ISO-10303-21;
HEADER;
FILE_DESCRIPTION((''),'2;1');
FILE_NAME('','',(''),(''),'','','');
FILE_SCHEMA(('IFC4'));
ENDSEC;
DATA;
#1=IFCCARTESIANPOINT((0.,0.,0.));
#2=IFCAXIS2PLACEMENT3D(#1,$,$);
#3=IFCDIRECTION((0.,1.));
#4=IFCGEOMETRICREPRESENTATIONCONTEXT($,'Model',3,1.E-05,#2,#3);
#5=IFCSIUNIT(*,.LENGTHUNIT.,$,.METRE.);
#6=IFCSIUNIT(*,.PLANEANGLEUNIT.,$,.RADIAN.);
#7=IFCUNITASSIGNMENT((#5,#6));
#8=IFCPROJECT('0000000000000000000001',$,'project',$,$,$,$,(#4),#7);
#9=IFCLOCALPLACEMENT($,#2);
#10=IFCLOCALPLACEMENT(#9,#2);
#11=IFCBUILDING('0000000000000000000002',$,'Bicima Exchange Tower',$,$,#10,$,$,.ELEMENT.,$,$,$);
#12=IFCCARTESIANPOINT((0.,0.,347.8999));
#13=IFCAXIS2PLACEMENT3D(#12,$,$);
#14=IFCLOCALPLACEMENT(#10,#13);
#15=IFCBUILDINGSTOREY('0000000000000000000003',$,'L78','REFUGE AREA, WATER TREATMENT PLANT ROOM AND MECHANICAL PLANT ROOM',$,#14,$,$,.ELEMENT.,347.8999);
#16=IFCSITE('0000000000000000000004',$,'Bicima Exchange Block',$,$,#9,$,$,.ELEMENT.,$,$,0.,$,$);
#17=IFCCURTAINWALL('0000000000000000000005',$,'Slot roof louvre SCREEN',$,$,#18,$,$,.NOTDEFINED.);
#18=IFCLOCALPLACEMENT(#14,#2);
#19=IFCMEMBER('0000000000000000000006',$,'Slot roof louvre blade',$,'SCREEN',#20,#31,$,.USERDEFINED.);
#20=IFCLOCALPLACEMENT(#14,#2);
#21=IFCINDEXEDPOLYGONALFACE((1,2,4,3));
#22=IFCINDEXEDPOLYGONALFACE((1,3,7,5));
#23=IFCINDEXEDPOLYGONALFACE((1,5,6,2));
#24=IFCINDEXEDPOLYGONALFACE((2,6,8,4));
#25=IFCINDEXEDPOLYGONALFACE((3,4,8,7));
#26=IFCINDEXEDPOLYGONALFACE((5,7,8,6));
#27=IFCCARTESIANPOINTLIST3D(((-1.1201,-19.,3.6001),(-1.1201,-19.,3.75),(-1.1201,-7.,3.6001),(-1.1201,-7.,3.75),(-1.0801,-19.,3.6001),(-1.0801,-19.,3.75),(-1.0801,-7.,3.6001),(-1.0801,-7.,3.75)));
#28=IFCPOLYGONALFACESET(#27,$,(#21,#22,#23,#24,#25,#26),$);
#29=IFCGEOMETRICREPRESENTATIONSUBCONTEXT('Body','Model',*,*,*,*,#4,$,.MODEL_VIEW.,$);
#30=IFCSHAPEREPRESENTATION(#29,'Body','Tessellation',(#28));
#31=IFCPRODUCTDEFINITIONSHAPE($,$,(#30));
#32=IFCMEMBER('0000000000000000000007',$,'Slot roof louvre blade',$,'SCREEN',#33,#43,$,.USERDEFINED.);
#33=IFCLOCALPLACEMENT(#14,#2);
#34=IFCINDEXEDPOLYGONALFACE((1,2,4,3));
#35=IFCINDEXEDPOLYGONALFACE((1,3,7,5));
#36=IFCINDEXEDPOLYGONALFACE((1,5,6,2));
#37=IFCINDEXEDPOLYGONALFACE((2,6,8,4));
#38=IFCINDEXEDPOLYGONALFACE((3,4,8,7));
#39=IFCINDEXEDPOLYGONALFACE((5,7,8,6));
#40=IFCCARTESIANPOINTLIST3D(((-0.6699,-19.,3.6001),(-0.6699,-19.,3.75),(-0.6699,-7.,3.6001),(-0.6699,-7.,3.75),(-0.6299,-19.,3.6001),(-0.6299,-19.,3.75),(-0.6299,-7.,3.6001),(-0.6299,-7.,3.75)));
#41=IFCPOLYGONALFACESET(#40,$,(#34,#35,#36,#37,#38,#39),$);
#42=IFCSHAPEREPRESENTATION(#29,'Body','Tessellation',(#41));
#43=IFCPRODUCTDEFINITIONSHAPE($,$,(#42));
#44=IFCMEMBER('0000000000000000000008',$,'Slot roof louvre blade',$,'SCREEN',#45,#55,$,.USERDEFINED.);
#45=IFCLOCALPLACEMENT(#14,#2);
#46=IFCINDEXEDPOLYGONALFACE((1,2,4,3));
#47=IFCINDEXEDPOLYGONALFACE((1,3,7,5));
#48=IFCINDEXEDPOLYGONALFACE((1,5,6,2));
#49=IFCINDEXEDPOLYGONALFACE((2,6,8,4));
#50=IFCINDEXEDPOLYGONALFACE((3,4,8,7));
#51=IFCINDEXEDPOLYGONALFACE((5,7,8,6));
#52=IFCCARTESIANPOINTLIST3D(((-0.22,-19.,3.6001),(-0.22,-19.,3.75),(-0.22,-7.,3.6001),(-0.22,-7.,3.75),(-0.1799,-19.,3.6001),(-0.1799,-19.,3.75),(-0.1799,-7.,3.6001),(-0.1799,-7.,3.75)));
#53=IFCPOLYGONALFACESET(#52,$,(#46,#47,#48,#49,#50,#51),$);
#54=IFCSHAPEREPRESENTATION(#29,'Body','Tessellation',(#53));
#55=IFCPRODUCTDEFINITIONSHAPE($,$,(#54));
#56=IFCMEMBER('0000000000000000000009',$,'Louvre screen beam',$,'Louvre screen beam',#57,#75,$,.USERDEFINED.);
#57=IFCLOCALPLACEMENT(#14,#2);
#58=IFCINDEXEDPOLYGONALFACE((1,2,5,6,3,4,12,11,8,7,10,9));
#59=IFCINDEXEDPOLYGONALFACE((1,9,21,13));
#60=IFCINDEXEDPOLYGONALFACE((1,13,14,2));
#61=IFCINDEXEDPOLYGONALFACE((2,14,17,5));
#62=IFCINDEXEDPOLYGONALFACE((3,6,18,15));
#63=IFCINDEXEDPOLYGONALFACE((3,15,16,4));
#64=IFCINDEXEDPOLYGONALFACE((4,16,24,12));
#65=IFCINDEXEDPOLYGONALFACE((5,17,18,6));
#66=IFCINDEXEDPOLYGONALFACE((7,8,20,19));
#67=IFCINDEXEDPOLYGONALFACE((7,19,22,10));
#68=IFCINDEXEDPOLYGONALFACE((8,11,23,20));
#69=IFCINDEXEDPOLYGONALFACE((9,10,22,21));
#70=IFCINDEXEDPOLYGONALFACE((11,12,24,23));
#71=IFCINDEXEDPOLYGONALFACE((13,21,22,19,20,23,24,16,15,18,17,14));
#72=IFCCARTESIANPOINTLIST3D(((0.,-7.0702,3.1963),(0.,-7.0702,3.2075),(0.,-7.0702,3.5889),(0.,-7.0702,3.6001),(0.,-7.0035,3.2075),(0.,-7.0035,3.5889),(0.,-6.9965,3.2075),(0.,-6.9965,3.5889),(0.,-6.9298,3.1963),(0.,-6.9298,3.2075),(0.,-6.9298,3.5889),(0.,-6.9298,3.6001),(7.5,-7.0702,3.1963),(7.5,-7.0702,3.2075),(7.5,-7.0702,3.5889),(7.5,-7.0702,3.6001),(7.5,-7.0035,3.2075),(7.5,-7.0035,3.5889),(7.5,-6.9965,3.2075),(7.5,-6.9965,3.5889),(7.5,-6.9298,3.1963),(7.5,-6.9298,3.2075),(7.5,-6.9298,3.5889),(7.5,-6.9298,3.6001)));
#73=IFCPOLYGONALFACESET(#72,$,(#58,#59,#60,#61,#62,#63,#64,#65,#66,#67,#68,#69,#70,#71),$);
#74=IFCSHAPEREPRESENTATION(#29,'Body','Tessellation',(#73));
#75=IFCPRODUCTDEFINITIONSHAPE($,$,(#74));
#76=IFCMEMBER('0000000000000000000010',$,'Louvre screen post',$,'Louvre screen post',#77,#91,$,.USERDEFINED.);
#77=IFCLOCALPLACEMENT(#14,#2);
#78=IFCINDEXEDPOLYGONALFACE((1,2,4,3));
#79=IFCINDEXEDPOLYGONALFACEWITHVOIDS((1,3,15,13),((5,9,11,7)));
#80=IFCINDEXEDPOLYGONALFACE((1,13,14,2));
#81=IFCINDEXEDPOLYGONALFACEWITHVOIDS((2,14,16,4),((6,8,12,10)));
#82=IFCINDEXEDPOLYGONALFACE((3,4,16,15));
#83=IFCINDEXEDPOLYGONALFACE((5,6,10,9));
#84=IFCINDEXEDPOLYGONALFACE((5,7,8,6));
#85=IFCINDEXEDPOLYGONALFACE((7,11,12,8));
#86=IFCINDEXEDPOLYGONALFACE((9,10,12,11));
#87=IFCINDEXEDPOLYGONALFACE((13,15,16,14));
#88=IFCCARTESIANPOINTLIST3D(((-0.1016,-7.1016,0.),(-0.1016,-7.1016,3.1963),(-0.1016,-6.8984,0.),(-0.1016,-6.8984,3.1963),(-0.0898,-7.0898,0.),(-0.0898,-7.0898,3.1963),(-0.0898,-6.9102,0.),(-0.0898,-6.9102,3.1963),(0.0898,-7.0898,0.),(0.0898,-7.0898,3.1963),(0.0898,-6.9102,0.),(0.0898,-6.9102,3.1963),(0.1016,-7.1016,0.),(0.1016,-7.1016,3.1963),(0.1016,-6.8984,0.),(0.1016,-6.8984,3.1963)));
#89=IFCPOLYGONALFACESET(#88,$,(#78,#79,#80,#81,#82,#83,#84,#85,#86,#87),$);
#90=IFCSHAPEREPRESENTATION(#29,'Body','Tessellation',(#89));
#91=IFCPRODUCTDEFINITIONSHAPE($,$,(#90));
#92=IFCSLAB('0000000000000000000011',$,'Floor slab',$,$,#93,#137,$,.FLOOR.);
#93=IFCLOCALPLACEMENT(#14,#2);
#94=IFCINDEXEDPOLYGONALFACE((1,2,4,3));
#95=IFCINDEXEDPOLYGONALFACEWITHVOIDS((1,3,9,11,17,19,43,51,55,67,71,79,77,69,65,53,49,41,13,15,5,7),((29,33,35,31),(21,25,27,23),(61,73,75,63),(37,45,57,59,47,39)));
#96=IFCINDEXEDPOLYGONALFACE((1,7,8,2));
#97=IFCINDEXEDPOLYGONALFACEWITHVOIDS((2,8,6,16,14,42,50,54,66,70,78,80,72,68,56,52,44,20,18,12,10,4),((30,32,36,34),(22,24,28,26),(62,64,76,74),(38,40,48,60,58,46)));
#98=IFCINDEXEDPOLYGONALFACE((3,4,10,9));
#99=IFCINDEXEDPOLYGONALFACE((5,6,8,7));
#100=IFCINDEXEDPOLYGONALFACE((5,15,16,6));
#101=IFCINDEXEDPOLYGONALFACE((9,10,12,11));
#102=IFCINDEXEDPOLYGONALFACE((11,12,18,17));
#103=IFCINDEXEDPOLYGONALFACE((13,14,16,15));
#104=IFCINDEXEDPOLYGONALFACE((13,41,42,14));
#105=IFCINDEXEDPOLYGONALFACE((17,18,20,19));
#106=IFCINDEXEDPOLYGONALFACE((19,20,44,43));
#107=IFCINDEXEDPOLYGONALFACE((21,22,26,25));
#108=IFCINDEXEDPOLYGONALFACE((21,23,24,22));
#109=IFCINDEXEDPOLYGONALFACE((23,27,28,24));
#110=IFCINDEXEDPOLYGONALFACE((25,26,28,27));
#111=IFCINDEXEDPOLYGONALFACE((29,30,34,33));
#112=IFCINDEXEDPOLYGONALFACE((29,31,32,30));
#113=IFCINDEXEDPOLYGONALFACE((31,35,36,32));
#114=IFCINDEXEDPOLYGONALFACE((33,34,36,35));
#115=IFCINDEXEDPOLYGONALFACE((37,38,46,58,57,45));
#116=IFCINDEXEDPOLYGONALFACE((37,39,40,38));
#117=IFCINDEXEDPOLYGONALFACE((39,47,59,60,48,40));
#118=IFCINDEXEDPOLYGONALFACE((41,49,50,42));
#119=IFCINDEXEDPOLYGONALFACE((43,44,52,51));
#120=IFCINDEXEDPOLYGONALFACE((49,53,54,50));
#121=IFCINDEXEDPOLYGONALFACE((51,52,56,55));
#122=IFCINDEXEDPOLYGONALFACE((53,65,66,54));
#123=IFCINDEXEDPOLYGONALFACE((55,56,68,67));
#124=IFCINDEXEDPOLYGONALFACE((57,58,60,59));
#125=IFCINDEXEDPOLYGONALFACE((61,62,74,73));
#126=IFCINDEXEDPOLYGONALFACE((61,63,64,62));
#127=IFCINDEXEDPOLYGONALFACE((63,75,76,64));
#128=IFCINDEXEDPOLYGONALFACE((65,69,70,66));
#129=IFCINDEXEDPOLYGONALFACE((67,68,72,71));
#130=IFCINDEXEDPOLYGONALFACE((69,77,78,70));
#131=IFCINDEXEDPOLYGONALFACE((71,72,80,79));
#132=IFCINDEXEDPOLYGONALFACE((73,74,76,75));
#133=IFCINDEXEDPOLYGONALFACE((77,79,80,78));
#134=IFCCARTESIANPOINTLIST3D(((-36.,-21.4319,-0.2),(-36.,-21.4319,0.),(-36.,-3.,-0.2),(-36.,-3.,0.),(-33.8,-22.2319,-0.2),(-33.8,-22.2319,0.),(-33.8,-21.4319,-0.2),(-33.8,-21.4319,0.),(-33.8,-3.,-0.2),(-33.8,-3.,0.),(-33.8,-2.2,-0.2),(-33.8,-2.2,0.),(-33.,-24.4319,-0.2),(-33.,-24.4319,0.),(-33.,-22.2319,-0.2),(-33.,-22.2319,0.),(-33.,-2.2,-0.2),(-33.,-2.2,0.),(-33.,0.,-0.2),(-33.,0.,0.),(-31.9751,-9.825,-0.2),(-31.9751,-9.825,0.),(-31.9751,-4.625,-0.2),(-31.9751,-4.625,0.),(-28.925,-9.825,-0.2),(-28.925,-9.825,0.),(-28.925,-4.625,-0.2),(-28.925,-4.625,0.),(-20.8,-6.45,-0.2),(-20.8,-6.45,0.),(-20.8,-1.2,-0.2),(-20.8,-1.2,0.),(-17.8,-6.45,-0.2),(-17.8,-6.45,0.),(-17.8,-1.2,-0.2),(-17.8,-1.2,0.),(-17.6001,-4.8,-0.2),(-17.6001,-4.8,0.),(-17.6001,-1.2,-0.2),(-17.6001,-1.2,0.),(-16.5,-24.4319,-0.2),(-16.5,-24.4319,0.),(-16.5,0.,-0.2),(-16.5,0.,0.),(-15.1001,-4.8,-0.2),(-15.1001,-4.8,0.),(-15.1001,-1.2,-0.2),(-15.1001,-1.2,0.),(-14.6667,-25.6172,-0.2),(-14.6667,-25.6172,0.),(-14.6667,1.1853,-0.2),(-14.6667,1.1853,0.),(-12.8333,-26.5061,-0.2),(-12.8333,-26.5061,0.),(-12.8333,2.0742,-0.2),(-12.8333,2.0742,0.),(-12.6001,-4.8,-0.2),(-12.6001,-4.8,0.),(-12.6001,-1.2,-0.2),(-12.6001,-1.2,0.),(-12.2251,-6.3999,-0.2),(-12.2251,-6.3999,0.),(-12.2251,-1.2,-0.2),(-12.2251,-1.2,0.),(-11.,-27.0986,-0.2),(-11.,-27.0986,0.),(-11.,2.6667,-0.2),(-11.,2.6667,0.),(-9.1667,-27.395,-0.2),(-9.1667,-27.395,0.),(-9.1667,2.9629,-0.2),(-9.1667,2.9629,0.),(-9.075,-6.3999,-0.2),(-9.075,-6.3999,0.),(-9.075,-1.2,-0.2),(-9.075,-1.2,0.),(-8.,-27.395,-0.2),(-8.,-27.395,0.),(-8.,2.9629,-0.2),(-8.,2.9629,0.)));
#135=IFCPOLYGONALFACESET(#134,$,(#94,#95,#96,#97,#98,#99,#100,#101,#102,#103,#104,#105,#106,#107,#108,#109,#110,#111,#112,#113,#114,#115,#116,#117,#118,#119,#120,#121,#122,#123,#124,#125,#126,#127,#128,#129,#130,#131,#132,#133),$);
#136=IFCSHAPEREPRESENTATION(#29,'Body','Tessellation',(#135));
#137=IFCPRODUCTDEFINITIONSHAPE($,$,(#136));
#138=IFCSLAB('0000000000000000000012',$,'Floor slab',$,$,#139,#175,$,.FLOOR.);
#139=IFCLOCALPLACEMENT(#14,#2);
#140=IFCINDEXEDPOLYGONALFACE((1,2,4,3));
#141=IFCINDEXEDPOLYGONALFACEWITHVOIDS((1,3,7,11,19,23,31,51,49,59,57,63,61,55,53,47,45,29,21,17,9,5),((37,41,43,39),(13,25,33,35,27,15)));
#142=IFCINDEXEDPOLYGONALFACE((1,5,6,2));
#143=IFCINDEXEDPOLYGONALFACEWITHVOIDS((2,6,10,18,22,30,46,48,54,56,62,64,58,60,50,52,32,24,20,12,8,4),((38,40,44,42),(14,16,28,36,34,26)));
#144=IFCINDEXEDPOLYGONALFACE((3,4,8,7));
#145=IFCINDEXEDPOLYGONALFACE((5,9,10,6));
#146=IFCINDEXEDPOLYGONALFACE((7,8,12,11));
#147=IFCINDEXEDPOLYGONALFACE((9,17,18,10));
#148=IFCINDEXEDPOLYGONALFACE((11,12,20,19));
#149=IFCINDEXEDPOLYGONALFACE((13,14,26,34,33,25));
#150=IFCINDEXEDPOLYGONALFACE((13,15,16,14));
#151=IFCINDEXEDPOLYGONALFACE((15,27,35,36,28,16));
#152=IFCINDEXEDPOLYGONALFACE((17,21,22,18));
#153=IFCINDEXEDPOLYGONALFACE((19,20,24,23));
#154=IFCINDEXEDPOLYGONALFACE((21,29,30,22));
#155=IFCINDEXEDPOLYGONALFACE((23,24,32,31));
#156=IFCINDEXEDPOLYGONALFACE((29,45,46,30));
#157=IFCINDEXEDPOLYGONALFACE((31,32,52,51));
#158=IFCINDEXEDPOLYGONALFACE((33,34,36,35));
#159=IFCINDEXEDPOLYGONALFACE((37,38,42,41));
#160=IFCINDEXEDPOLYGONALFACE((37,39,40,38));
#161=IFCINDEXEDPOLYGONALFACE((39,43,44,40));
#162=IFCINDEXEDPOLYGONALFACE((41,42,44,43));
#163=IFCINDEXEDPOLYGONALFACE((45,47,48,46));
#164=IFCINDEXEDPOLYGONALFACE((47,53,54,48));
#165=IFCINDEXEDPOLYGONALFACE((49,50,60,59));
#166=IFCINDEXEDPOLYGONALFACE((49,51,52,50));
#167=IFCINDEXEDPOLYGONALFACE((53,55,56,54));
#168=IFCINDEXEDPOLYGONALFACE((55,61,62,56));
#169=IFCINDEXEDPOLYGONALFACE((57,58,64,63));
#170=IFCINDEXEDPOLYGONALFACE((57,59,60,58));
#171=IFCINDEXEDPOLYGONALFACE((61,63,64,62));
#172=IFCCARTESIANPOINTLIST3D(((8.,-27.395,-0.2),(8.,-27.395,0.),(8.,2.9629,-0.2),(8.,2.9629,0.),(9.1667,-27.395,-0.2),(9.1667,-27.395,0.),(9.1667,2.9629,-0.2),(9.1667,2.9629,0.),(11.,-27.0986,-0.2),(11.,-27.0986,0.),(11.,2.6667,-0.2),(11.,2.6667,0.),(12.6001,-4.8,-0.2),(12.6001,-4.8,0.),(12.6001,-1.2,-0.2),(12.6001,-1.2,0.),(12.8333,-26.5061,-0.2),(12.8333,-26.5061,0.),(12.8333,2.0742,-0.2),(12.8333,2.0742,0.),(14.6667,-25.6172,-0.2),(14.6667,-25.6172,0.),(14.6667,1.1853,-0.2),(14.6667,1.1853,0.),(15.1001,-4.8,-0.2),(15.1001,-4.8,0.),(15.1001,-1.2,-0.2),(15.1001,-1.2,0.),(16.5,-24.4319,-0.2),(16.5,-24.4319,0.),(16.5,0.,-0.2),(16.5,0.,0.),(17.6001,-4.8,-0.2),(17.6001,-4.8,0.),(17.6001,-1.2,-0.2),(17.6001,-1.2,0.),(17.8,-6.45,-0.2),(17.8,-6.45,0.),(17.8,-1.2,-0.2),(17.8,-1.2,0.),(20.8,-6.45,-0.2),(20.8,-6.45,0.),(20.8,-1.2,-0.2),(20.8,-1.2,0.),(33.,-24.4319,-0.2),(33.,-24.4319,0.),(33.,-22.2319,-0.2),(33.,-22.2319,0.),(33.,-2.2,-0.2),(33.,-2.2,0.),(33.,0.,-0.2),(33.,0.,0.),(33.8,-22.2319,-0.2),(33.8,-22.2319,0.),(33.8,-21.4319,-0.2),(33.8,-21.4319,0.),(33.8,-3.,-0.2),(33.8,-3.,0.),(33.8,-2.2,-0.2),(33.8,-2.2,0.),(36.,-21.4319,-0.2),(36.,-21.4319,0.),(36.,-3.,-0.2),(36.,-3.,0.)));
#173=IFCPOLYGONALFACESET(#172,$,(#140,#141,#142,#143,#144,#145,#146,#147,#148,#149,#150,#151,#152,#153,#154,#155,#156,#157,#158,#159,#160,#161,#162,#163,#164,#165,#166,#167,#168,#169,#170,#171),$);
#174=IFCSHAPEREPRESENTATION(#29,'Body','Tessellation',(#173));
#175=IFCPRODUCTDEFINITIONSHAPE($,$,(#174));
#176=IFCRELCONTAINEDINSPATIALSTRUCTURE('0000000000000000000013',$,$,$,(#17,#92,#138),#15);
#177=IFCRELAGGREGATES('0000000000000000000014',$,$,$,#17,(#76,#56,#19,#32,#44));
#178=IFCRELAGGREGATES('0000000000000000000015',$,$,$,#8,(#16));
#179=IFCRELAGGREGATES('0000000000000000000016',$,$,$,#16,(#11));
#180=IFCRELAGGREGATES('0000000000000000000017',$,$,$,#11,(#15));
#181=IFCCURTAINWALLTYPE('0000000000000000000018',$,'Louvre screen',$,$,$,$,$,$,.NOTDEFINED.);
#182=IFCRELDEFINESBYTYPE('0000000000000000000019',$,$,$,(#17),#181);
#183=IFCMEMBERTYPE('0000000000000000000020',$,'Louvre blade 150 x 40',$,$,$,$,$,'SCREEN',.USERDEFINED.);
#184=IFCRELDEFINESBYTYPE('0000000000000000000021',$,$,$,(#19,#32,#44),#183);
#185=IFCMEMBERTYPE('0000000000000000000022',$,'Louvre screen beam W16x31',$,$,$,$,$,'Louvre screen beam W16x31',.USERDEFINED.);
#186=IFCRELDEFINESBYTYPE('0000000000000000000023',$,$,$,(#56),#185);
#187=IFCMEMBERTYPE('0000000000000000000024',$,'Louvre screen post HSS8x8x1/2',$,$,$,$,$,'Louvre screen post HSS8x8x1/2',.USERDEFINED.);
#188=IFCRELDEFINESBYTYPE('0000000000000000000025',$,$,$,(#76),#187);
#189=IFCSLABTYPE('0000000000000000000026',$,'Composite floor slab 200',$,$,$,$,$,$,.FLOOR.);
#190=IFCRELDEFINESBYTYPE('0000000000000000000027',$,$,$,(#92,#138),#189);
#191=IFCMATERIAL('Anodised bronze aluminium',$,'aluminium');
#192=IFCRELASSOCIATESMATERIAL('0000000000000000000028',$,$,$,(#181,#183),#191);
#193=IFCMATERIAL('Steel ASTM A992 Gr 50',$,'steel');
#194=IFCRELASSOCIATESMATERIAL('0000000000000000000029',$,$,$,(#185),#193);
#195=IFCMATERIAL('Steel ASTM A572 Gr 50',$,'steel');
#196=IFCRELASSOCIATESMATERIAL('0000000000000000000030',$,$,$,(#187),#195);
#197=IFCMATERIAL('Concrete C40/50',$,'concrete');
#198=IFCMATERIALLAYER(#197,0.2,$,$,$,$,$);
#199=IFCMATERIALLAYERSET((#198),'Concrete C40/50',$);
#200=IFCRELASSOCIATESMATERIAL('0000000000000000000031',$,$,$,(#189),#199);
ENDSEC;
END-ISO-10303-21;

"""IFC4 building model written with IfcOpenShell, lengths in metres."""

from ifc_helpers import new_model, si_unit, direction, frame, origin, origin_2d, place, context, subcontext, project, spatial, polyline, rectangle, hollow_rectangle, i_section, outline, extrude, material, layer, layer_set, material_profile, profile_set, type_object, element, aggregate, save


model = new_model("IFC4")

# Units and contexts
model_context = context("Model", 3, precision=1e-05, world=origin(), true_north=direction((0.0, 1.0)))
body_context = subcontext(model_context, "Body", "Model", "MODEL_VIEW")
ifc_project = project(units=[si_unit("LENGTHUNIT", "METRE"), si_unit("PLANEANGLEUNIT", "RADIAN")], contexts=[model_context])

# Site, building, storey
site_placement = place(None, origin())
site = spatial("IfcSite", under=ifc_project, at=site_placement, Name="Bicima Exchange Block", CompositionType="ELEMENT", RefElevation=0.0)
building_placement = place(site_placement, origin())
building = spatial("IfcBuilding", under=site, at=building_placement, Name="Bicima Exchange Tower", CompositionType="ELEMENT")
storey_placement = place(building_placement, frame((0.0, 0.0, 347.8999)))
storey = spatial("IfcBuildingStorey", under=building, at=storey_placement, Name="L78", Description="REFUGE AREA, WATER TREATMENT PLANT ROOM AND MECHANICAL PLANT ROOM", CompositionType="ELEMENT", Elevation=347.8999)

# Curtain wall, members
ifc_material_1 = material(Name="Anodised bronze aluminium", Category="aluminium")
curtain_wall_type_1 = type_object("IfcCurtainWallType", Name="Louvre screen", PredefinedType="NOTDEFINED", material=ifc_material_1)
curtain_wall_1_placement = place(storey_placement, origin())
curtain_wall_1 = element("IfcCurtainWall", 1, at=curtain_wall_1_placement, inside=storey, type_object=curtain_wall_type_1, Name="Slot roof louvre SCREEN", PredefinedType="NOTDEFINED")
ifc_material_profile_1 = material_profile(ifc_material_1, rectangle(XDim=0.04, YDim=0.1499, at=origin_2d()))
ifc_profile_set_1 = profile_set([ifc_material_profile_1], Name="Anodised bronze aluminium")
member_type_1 = type_object("IfcMemberType", Name="Louvre blade 150 x 40", ElementType="SCREEN", PredefinedType="USERDEFINED", material=ifc_profile_set_1)
member_1_placement = place(storey_placement, frame((-1.1001, -7.0, 3.675), z_axis=(0.0, -1.0, 0.0), x_axis=(1.0, 0.0, 0.0)))
member_1 = element("IfcMember", 2, at=member_1_placement, type_object=member_type_1, Name="Slot roof louvre blade", ObjectType="SCREEN", PredefinedType="USERDEFINED", context=body_context, shape_type="SweptSolid", body=[
    extrude(rectangle(XDim=0.04, YDim=0.1499, at=origin_2d()), origin(), (0.0, 0.0, 1.0), 12.0),
])
member_2_placement = place(storey_placement, frame((-0.6499, -7.0, 3.675), z_axis=(0.0, -1.0, 0.0), x_axis=(1.0, 0.0, 0.0)))
member_2 = element("IfcMember", 3, at=member_2_placement, type_object=member_type_1, Name="Slot roof louvre blade", ObjectType="SCREEN", PredefinedType="USERDEFINED", context=body_context, shape_type="SweptSolid", body=[
    extrude(rectangle(XDim=0.04, YDim=0.1499, at=origin_2d()), origin(), (0.0, 0.0, 1.0), 12.0),
])
member_3_placement = place(storey_placement, frame((-0.2, -7.0, 3.675), z_axis=(0.0, -1.0, 0.0), x_axis=(1.0, 0.0, 0.0)))
member_3 = element("IfcMember", 4, at=member_3_placement, type_object=member_type_1, Name="Slot roof louvre blade", ObjectType="SCREEN", PredefinedType="USERDEFINED", context=body_context, shape_type="SweptSolid", body=[
    extrude(rectangle(XDim=0.04, YDim=0.1499, at=origin_2d()), origin(), (0.0, 0.0, 1.0), 12.0),
])
ifc_material_2 = material(Name="Steel ASTM A992 Gr 50", Category="steel")
ifc_material_profile_2 = material_profile(ifc_material_2, i_section(OverallWidth=0.1404, OverallDepth=0.4038, WebThickness=0.0071, FlangeThickness=0.0112, at=origin_2d()))
ifc_profile_set_2 = profile_set([ifc_material_profile_2], Name="Steel ASTM A992 Gr 50")
member_type_2 = type_object("IfcMemberType", Name="Louvre screen beam W16x31", ElementType="Louvre screen beam W16x31", PredefinedType="USERDEFINED", material=ifc_profile_set_2)
member_4_placement = place(storey_placement, frame((0.0, -7.0, 3.3982), z_axis=(1.0, 0.0, 0.0), x_axis=(0.0, 1.0, 0.0)))
member_4 = element("IfcMember", 5, at=member_4_placement, type_object=member_type_2, Name="Louvre screen beam", ObjectType="Louvre screen beam", PredefinedType="USERDEFINED", context=body_context, shape_type="SweptSolid", body=[
    extrude(i_section(OverallWidth=0.1404, OverallDepth=0.4038, WebThickness=0.0071, FlangeThickness=0.0112, at=origin_2d()), origin(), (0.0, 0.0, 1.0), 7.5),
])
ifc_material_3 = material(Name="Steel ASTM A572 Gr 50", Category="steel")
ifc_material_profile_3 = material_profile(ifc_material_3, hollow_rectangle(XDim=0.2031, YDim=0.2031, WallThickness=0.0117, at=origin_2d()))
ifc_profile_set_3 = profile_set([ifc_material_profile_3], Name="Steel ASTM A572 Gr 50")
member_type_3 = type_object("IfcMemberType", Name="Louvre screen post HSS8x8x1/2", ElementType="Louvre screen post HSS8x8x1/2", PredefinedType="USERDEFINED", material=ifc_profile_set_3)
member_5_placement = place(storey_placement, frame((0.0, -7.0, 0.0), z_axis=(0.0, 0.0, 1.0), x_axis=(1.0, 0.0, 0.0)))
member_5 = element("IfcMember", 6, at=member_5_placement, type_object=member_type_3, Name="Louvre screen post", ObjectType="Louvre screen post", PredefinedType="USERDEFINED", context=body_context, shape_type="SweptSolid", body=[
    extrude(hollow_rectangle(XDim=0.2031, YDim=0.2031, WallThickness=0.0117, at=origin_2d()), origin(), (0.0, 0.0, 1.0), 3.1963),
])
aggregate(curtain_wall_1, [member_5, member_4, member_1, member_2, member_3])

# Slabs
ifc_material_4 = material(Name="Concrete C40/50", Category="concrete")
ifc_layer_1 = layer(ifc_material_4, 0.2)
ifc_layer_set_1 = layer_set([ifc_layer_1], Name="Concrete C40/50")
slab_type = type_object("IfcSlabType", Name="Composite floor slab 200", PredefinedType="FLOOR", material=ifc_layer_set_1)
slab_1_placement = place(storey_placement, frame((0.0, 0.0, -0.2)))
element("IfcSlab", 7, at=slab_1_placement, inside=storey, type_object=slab_type, Name="Floor slab", PredefinedType="FLOOR", context=body_context, shape_type="SweptSolid", body=[
    extrude(outline(polyline([(-36.0, -21.4319), (-36.0, -3.0), (-33.8, -3.0), (-33.8, -2.2), (-33.0, -2.2), (-33.0, 0.0), (-16.5, 0.0), (-14.6667, 1.1853), (-12.8333, 2.0742), (-11.0, 2.6667), (-9.1667, 2.9629), (-8.0, 2.9629), (-8.0, -27.395), (-9.1667, -27.395), (-11.0, -27.0986), (-12.8333, -26.5061), (-14.6667, -25.6172), (-16.5, -24.4319), (-33.0, -24.4319), (-33.0, -22.2319), (-33.8, -22.2319), (-33.8, -21.4319), (-36.0, -21.4319)]), holes=[polyline([(-28.925, -4.625), (-31.9751, -4.625), (-31.9751, -9.825), (-28.925, -9.825), (-28.925, -4.625)]), polyline([(-17.8, -1.2), (-20.8, -1.2), (-20.8, -6.45), (-17.8, -6.45), (-17.8, -1.2)]), polyline([(-9.075, -1.2), (-12.2251, -1.2), (-12.2251, -6.3999), (-9.075, -6.3999), (-9.075, -1.2)]), polyline([(-12.6001, -1.2), (-15.1001, -1.2), (-17.6001, -1.2), (-17.6001, -4.8), (-15.1001, -4.8), (-12.6001, -4.8), (-12.6001, -1.2)])]), origin(), (0.0, 0.0, 1.0), 0.2),
])
slab_2_placement = place(storey_placement, frame((0.0, 0.0, -0.2)))
element("IfcSlab", 8, at=slab_2_placement, inside=storey, type_object=slab_type, Name="Floor slab", PredefinedType="FLOOR", context=body_context, shape_type="SweptSolid", body=[
    extrude(outline(polyline([(33.0, -22.2319), (33.0, -24.4319), (16.5, -24.4319), (14.6667, -25.6172), (12.8333, -26.5061), (11.0, -27.0986), (9.1667, -27.395), (8.0, -27.395), (8.0, 2.9629), (9.1667, 2.9629), (11.0, 2.6667), (12.8333, 2.0742), (14.6667, 1.1853), (16.5, 0.0), (33.0, 0.0), (33.0, -2.2), (33.8, -2.2), (33.8, -3.0), (36.0, -3.0), (36.0, -21.4319), (33.8, -21.4319), (33.8, -22.2319), (33.0, -22.2319)]), holes=[polyline([(17.8, -1.2), (17.8, -6.45), (20.8, -6.45), (20.8, -1.2), (17.8, -1.2)]), polyline([(15.1001, -1.2), (12.6001, -1.2), (12.6001, -4.8), (15.1001, -4.8), (17.6001, -4.8), (17.6001, -1.2), (15.1001, -1.2)])]), origin(), (0.0, 0.0, 1.0), 0.2),
])

save(model, "model.ifc")
